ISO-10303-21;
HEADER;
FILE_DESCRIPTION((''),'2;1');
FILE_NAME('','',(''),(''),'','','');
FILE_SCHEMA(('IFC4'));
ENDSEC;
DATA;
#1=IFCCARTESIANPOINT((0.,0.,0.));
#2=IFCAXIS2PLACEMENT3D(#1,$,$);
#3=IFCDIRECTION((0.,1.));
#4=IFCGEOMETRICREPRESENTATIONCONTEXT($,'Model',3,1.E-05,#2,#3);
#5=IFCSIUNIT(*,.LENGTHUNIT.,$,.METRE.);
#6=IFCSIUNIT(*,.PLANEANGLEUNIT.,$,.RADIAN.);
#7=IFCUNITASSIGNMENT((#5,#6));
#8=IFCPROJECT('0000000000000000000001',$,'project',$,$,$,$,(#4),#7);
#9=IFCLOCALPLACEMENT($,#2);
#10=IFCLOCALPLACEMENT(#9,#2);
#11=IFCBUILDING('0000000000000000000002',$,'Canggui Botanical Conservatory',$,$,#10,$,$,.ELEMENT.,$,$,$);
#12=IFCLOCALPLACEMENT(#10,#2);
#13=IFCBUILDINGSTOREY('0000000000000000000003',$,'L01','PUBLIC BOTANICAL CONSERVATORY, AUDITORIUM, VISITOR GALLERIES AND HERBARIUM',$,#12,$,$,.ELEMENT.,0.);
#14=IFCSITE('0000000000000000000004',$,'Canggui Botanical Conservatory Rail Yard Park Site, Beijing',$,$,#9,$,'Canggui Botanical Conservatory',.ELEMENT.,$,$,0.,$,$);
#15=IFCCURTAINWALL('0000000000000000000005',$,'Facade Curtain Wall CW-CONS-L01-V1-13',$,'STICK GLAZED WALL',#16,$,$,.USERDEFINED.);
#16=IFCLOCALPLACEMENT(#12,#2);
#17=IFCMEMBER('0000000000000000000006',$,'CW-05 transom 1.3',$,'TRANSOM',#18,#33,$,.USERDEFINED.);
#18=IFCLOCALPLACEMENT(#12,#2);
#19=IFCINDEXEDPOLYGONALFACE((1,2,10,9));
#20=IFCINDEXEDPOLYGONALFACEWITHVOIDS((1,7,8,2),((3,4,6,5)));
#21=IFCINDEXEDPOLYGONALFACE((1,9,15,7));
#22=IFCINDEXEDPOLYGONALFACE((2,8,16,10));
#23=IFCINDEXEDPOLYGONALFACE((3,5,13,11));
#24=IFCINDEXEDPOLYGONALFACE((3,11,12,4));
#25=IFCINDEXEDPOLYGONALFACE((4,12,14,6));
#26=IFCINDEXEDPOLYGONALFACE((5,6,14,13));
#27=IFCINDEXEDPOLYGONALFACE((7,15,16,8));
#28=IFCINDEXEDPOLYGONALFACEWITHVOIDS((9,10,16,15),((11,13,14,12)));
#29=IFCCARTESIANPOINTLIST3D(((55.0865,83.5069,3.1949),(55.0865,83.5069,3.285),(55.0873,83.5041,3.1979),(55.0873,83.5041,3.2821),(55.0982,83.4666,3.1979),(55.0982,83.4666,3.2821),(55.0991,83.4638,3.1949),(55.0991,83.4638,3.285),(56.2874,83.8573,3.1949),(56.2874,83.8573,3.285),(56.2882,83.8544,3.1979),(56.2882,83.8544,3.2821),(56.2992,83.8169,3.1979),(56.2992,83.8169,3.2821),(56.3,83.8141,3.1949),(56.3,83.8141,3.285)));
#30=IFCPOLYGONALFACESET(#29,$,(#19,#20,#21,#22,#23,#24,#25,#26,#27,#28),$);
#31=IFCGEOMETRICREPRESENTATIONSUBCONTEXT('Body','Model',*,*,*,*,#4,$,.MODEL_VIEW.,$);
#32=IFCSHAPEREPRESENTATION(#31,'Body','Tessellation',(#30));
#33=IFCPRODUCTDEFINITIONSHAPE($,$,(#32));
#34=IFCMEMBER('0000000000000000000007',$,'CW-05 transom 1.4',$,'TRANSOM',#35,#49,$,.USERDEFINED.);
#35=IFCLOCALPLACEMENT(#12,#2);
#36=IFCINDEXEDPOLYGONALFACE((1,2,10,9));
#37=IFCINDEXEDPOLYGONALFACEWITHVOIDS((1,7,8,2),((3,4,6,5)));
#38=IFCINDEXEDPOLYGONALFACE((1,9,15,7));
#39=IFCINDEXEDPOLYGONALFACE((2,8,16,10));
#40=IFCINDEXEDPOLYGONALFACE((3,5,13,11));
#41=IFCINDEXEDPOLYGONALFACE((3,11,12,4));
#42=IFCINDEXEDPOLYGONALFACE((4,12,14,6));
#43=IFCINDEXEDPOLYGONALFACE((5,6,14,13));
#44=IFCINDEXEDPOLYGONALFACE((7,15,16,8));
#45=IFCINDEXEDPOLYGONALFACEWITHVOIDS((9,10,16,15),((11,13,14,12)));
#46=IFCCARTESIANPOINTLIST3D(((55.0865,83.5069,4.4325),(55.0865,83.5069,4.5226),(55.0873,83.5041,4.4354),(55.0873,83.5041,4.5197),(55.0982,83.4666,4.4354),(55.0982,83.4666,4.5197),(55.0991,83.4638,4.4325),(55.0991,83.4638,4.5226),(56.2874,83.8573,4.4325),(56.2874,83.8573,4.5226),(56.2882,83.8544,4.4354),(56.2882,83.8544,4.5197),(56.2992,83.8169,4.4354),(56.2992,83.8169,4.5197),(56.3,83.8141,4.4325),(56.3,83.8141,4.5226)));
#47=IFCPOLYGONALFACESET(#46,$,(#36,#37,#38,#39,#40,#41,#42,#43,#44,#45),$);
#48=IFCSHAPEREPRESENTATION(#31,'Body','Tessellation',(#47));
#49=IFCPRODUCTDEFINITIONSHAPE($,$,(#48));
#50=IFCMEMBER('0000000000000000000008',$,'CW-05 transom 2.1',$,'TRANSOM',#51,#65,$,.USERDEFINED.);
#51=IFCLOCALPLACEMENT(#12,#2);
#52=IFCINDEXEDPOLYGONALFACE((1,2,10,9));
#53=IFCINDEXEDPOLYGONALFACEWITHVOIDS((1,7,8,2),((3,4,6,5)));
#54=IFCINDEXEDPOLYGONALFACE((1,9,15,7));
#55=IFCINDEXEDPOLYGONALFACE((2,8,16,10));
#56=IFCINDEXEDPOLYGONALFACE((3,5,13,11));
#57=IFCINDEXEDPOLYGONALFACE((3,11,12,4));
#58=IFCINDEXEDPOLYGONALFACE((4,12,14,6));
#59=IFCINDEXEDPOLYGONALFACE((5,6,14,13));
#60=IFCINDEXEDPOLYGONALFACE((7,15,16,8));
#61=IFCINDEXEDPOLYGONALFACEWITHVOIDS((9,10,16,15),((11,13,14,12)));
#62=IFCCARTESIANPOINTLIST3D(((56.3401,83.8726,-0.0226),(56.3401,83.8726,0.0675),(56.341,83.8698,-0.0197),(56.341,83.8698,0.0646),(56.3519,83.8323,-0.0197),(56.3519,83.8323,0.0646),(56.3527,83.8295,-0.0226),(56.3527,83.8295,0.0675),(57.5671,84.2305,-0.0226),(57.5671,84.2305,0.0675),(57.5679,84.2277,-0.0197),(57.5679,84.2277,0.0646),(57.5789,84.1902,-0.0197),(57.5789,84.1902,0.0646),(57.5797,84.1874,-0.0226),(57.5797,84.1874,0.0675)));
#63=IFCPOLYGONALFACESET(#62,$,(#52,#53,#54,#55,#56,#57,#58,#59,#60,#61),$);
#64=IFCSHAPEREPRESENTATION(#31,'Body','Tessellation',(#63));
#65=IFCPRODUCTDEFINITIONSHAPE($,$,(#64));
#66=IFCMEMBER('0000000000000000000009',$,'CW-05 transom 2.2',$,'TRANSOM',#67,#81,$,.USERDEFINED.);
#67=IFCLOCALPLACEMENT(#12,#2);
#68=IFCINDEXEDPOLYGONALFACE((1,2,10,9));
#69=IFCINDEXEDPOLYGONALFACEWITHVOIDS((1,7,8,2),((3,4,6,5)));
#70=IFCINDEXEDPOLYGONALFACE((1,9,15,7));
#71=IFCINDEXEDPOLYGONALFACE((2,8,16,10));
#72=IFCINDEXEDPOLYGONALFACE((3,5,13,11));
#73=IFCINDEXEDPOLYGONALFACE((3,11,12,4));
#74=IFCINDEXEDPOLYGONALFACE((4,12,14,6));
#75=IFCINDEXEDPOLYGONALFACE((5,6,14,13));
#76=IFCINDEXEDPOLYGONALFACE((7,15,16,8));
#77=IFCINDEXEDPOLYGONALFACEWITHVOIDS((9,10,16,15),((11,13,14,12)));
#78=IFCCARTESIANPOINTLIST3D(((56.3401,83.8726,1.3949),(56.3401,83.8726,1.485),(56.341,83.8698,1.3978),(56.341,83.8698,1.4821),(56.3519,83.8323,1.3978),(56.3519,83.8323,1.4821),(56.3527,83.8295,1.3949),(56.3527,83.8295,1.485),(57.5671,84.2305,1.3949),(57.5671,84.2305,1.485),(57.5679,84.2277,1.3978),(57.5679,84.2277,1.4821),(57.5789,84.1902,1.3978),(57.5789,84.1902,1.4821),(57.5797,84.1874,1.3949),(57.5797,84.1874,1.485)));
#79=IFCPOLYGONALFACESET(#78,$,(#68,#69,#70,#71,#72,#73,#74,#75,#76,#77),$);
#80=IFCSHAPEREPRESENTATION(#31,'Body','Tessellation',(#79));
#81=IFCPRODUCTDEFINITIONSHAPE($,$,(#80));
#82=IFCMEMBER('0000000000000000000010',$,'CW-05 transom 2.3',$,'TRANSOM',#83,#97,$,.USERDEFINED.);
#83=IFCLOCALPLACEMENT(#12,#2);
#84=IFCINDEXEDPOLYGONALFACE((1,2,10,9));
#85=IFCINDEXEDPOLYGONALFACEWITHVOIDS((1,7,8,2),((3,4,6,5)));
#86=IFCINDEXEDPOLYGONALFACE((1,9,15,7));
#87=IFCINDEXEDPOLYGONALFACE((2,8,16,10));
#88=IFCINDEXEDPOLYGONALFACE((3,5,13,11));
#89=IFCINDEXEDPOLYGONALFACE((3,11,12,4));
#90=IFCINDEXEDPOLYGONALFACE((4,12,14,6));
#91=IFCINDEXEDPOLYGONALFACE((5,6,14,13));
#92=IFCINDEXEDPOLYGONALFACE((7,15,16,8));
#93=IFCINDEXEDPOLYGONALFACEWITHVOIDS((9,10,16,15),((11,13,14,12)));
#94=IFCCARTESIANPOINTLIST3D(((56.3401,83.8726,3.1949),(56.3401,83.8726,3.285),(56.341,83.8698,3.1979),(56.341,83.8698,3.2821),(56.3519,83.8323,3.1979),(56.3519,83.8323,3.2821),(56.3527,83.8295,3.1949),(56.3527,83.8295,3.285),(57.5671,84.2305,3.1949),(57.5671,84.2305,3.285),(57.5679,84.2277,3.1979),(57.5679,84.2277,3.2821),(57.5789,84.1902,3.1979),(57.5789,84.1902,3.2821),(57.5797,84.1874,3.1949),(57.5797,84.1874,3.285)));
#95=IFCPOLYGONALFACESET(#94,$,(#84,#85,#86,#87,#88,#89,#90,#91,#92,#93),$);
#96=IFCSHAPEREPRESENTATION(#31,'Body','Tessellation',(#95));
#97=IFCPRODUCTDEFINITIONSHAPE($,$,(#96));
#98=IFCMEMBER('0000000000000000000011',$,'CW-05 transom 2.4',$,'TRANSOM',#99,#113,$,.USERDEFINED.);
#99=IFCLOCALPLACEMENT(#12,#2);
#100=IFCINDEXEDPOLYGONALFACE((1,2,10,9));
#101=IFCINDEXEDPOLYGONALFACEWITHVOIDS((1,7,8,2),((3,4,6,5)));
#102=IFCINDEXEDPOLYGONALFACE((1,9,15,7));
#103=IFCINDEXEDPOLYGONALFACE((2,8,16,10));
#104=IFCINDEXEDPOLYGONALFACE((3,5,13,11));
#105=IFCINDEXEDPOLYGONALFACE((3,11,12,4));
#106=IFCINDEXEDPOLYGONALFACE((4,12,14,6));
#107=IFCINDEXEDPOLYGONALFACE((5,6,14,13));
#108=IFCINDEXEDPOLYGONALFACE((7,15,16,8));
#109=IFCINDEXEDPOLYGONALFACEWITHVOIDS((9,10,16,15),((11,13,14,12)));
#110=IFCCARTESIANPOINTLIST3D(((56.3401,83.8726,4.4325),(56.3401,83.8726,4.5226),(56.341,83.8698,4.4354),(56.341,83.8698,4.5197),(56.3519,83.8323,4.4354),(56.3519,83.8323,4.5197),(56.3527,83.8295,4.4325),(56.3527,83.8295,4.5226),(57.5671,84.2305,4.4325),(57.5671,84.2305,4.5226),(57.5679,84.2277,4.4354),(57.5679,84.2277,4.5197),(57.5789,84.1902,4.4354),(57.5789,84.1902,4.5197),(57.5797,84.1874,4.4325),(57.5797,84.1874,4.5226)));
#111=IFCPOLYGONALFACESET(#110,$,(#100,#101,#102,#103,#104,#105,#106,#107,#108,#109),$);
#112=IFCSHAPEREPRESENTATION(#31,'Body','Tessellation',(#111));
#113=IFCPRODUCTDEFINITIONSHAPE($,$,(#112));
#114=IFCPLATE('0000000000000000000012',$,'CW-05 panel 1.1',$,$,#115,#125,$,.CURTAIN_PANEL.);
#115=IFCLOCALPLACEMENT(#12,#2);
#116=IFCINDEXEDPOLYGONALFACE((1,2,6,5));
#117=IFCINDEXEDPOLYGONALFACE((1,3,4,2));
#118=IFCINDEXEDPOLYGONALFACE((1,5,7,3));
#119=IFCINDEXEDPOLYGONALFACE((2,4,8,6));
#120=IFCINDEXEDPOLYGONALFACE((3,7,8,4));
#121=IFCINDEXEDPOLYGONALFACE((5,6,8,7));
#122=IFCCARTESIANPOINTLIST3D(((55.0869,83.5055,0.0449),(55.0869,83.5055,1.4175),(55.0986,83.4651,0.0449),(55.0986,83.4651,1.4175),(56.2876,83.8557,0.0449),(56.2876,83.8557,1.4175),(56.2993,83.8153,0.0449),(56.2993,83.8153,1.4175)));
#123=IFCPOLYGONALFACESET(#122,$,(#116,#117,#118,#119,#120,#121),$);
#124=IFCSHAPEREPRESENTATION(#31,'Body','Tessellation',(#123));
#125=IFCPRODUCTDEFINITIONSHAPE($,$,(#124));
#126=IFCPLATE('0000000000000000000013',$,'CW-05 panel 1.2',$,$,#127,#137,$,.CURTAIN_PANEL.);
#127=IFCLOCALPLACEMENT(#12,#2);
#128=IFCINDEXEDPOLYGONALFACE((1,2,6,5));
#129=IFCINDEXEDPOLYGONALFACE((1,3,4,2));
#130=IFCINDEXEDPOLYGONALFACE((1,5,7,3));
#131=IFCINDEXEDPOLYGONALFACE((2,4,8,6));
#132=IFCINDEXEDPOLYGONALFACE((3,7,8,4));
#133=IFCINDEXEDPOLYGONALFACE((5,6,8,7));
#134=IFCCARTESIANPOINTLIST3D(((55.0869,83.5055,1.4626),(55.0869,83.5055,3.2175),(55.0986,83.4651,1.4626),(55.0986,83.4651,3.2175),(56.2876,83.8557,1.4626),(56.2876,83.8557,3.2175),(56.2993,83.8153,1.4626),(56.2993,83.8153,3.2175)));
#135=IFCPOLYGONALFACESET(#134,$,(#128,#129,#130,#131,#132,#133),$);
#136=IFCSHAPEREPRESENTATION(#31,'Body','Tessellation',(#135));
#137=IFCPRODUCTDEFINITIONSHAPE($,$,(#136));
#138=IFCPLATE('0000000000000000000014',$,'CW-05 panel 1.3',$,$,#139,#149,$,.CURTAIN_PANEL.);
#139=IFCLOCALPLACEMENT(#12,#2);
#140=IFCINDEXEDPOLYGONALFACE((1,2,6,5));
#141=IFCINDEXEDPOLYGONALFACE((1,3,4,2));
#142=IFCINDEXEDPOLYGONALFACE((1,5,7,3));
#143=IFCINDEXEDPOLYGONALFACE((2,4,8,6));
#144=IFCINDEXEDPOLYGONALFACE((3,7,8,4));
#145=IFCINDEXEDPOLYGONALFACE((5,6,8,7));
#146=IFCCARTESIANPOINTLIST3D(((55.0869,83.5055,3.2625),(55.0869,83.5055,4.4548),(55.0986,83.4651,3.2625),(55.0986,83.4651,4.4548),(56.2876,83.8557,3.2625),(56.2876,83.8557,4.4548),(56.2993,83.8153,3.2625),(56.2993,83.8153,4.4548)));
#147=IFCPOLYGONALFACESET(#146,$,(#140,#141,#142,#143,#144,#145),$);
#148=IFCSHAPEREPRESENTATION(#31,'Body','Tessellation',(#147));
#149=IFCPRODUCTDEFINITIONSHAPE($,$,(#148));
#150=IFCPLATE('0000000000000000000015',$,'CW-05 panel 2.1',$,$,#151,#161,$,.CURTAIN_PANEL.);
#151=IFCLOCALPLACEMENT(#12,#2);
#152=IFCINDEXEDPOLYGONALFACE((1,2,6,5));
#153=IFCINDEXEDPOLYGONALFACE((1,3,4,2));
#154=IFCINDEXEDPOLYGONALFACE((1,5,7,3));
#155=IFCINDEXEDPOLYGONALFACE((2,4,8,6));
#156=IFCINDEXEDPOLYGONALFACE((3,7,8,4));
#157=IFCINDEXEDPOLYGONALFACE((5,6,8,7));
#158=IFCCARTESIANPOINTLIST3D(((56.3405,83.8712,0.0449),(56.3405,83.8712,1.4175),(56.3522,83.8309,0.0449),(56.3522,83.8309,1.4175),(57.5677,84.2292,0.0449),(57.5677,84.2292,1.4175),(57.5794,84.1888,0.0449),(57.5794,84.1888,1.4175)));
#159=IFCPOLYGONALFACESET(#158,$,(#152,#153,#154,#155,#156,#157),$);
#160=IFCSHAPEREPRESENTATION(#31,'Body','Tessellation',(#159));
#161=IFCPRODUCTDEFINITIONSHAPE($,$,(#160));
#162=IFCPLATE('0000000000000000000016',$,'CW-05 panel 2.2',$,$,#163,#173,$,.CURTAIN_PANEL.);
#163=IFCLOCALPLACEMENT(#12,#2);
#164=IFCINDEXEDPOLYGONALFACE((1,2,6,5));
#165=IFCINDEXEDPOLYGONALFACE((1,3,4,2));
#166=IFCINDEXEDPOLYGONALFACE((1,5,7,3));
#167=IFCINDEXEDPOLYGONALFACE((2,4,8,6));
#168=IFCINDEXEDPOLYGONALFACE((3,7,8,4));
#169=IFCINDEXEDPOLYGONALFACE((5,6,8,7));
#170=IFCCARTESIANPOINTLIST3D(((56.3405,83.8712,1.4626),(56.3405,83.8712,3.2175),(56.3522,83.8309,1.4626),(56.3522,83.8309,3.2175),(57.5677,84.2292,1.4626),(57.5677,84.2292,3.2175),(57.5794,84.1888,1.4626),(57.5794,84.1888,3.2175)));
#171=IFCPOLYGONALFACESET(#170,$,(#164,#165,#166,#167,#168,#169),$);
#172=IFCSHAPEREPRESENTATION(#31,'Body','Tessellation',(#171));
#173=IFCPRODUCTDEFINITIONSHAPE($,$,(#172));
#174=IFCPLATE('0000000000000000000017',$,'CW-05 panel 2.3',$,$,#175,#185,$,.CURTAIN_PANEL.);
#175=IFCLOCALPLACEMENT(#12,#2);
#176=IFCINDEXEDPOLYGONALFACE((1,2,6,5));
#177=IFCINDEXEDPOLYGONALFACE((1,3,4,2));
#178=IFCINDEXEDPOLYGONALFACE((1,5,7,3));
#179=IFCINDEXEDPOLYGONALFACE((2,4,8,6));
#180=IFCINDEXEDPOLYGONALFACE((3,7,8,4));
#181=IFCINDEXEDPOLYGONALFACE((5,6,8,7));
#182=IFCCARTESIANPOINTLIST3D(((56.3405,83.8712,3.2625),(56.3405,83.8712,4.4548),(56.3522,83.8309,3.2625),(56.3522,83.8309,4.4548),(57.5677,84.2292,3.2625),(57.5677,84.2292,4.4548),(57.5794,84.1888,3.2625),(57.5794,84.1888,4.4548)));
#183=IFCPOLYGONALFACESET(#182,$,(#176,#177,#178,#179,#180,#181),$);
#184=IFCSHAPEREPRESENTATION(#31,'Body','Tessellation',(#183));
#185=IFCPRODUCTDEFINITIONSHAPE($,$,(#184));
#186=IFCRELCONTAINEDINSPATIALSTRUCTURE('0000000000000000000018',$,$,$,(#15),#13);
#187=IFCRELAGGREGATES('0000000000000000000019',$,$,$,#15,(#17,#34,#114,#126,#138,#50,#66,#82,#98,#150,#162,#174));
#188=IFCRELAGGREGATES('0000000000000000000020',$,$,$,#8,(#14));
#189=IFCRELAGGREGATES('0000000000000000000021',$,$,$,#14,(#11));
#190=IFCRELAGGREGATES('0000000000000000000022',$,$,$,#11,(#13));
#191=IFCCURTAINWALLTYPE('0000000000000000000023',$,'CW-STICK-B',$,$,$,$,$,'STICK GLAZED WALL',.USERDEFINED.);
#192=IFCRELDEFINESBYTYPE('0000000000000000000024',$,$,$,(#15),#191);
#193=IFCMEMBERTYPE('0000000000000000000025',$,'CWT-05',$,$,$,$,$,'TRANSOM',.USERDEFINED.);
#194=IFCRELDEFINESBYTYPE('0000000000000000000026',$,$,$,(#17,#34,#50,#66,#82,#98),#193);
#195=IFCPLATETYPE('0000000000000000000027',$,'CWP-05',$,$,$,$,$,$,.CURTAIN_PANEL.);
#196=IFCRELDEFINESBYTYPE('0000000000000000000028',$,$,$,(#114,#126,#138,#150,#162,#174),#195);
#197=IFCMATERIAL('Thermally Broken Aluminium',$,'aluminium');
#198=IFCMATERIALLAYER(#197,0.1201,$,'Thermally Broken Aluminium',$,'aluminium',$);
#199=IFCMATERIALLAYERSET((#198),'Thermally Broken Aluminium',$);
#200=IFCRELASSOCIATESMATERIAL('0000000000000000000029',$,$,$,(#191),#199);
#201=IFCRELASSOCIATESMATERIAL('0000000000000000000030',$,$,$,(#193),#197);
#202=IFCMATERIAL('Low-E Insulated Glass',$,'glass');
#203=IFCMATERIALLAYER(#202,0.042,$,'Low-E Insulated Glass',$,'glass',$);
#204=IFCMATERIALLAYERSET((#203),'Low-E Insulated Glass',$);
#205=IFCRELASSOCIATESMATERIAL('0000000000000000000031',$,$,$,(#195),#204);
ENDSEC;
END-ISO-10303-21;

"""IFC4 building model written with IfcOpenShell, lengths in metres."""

from ifc_helpers import new_model, si_unit, direction, frame, origin, origin_2d, place, context, subcontext, project, spatial, rectangle, hollow_rectangle, extrude, material, layer, layer_set, material_profile, profile_set, type_object, element, aggregate, save


model = new_model("IFC4")

# Units and contexts
model_context = context("Model", 3, precision=1e-05, world=origin(), true_north=direction((0.0, 1.0)))
body_context = subcontext(model_context, "Body", "Model", "MODEL_VIEW")
ifc_project = project(units=[si_unit("LENGTHUNIT", "METRE"), si_unit("PLANEANGLEUNIT", "RADIAN")], contexts=[model_context])

# Site, building, storey
site_placement = place(None, origin())
site = spatial("IfcSite", under=ifc_project, at=site_placement, Name="Canggui Botanical Conservatory Rail Yard Park Site, Beijing", LongName="Canggui Botanical Conservatory", CompositionType="ELEMENT", RefElevation=0.0)
building_placement = place(site_placement, origin())
building = spatial("IfcBuilding", under=site, at=building_placement, Name="Canggui Botanical Conservatory", CompositionType="ELEMENT")
storey_placement = place(building_placement, origin())
storey = spatial("IfcBuildingStorey", under=building, at=storey_placement, Name="L01", Description="PUBLIC BOTANICAL CONSERVATORY, AUDITORIUM, VISITOR GALLERIES AND HERBARIUM", CompositionType="ELEMENT", Elevation=0.0)

# Curtain wall, members, plates
ifc_material_1 = material(Name="Thermally Broken Aluminium", Category="aluminium")
ifc_layer_1 = layer(ifc_material_1, 0.1201, Name="Thermally Broken Aluminium", Category="aluminium")
ifc_layer_set_1 = layer_set([ifc_layer_1], Name="Thermally Broken Aluminium")
curtain_wall_type = type_object("IfcCurtainWallType", Name="CW-STICK-B", ElementType="STICK GLAZED WALL", PredefinedType="USERDEFINED", material=ifc_layer_set_1)
curtain_wall_placement = place(storey_placement, origin())
curtain_wall = element("IfcCurtainWall", 1, at=curtain_wall_placement, inside=storey, type_object=curtain_wall_type, Name="Facade Curtain Wall CW-CONS-L01-V1-13", ObjectType="STICK GLAZED WALL", PredefinedType="USERDEFINED")
ifc_material_profile_1 = material_profile(ifc_material_1, hollow_rectangle(XDim=0.0449, YDim=0.0901, WallThickness=0.0029, at=origin_2d()), Name="CWT 45x90x3")
ifc_profile_set_1 = profile_set([ifc_material_profile_1], Name="Thermally Broken Aluminium")
member_type_1 = type_object("IfcMemberType", Name="CWT-05", ElementType="TRANSOM", PredefinedType="USERDEFINED", material=ifc_profile_set_1)
member_1_placement = place(storey_placement, frame((55.0928, 83.4854, 3.24), z_axis=(0.959985, 0.280052, 0.0), x_axis=(-0.280052, 0.959985, 0.0)))
member_1 = element("IfcMember", 2, at=member_1_placement, type_object=member_type_1, Name="CW-05 transom 1.3", ObjectType="TRANSOM", PredefinedType="USERDEFINED", context=body_context, shape_type="SweptSolid", body=[
    extrude(hollow_rectangle(XDim=0.0449, YDim=0.0901, WallThickness=0.0029, at=origin_2d()), origin(), (0.0, 0.0, 1.0), 1.251),
])
member_2_placement = place(storey_placement, frame((55.0928, 83.4854, 4.4775), z_axis=(0.959985, 0.280052, 0.0), x_axis=(-0.280052, 0.959985, 0.0)))
member_2 = element("IfcMember", 3, at=member_2_placement, type_object=member_type_1, Name="CW-05 transom 1.4", ObjectType="TRANSOM", PredefinedType="USERDEFINED", context=body_context, shape_type="SweptSolid", body=[
    extrude(hollow_rectangle(XDim=0.0449, YDim=0.0901, WallThickness=0.0029, at=origin_2d()), origin(), (0.0, 0.0, 1.0), 1.251),
])
member_3_placement = place(storey_placement, frame((56.3464, 83.8511, 0.0225), z_axis=(0.959996, 0.280015, 0.0), x_axis=(-0.280015, 0.959996, 0.0)))
member_3 = element("IfcMember", 4, at=member_3_placement, type_object=member_type_1, Name="CW-05 transom 2.1", ObjectType="TRANSOM", PredefinedType="USERDEFINED", context=body_context, shape_type="SweptSolid", body=[
    extrude(hollow_rectangle(XDim=0.0449, YDim=0.0901, WallThickness=0.0029, at=origin_2d()), origin(), (0.0, 0.0, 1.0), 1.2781),
])
member_4_placement = place(storey_placement, frame((56.3464, 83.8511, 1.4399), z_axis=(0.959996, 0.280015, 0.0), x_axis=(-0.280015, 0.959996, 0.0)))
member_4 = element("IfcMember", 5, at=member_4_placement, type_object=member_type_1, Name="CW-05 transom 2.2", ObjectType="TRANSOM", PredefinedType="USERDEFINED", context=body_context, shape_type="SweptSolid", body=[
    extrude(hollow_rectangle(XDim=0.0449, YDim=0.0901, WallThickness=0.0029, at=origin_2d()), origin(), (0.0, 0.0, 1.0), 1.2781),
])
member_5_placement = place(storey_placement, frame((56.3464, 83.8511, 3.24), z_axis=(0.959996, 0.280015, 0.0), x_axis=(-0.280015, 0.959996, 0.0)))
member_5 = element("IfcMember", 6, at=member_5_placement, type_object=member_type_1, Name="CW-05 transom 2.3", ObjectType="TRANSOM", PredefinedType="USERDEFINED", context=body_context, shape_type="SweptSolid", body=[
    extrude(hollow_rectangle(XDim=0.0449, YDim=0.0901, WallThickness=0.0029, at=origin_2d()), origin(), (0.0, 0.0, 1.0), 1.2781),
])
member_6_placement = place(storey_placement, frame((56.3464, 83.8511, 4.4775), z_axis=(0.959996, 0.280015, 0.0), x_axis=(-0.280015, 0.959996, 0.0)))
member_6 = element("IfcMember", 7, at=member_6_placement, type_object=member_type_1, Name="CW-05 transom 2.4", ObjectType="TRANSOM", PredefinedType="USERDEFINED", context=body_context, shape_type="SweptSolid", body=[
    extrude(hollow_rectangle(XDim=0.0449, YDim=0.0901, WallThickness=0.0029, at=origin_2d()), origin(), (0.0, 0.0, 1.0), 1.2781),
])
ifc_material_2 = material(Name="Low-E Insulated Glass", Category="glass")
ifc_layer_2 = layer(ifc_material_2, 0.042, Name="Low-E Insulated Glass", Category="glass")
ifc_layer_set_2 = layer_set([ifc_layer_2], Name="Low-E Insulated Glass")
plate_type = type_object("IfcPlateType", Name="CWP-05", PredefinedType="CURTAIN_PANEL", material=ifc_layer_set_2)
plate_1_placement = place(storey_placement, frame((55.6931, 83.6604, 0.0449), z_axis=(0.0, 0.0, 1.0), x_axis=(0.96, 0.28, 0.0)))
plate_1 = element("IfcPlate", 8, at=plate_1_placement, type_object=plate_type, Name="CW-05 panel 1.1", PredefinedType="CURTAIN_PANEL", context=body_context, shape_type="SweptSolid", body=[
    extrude(rectangle(XDim=1.2507, YDim=0.042, at=origin_2d()), origin(), (0.0, 0.0, 1.0), 1.3726),
])
plate_2_placement = place(storey_placement, frame((55.6931, 83.6604, 1.4626), z_axis=(0.0, 0.0, 1.0), x_axis=(0.96, 0.28, 0.0)))
plate_2 = element("IfcPlate", 9, at=plate_2_placement, type_object=plate_type, Name="CW-05 panel 1.2", PredefinedType="CURTAIN_PANEL", context=body_context, shape_type="SweptSolid", body=[
    extrude(rectangle(XDim=1.2507, YDim=0.042, at=origin_2d()), origin(), (0.0, 0.0, 1.0), 1.7549),
])
plate_3_placement = place(storey_placement, frame((55.6931, 83.6604, 3.2625), z_axis=(0.0, 0.0, 1.0), x_axis=(0.96, 0.28, 0.0)))
plate_3 = element("IfcPlate", 10, at=plate_3_placement, type_object=plate_type, Name="CW-05 panel 1.3", PredefinedType="CURTAIN_PANEL", context=body_context, shape_type="SweptSolid", body=[
    extrude(rectangle(XDim=1.2507, YDim=0.042, at=origin_2d()), origin(), (0.0, 0.0, 1.0), 1.1924),
])
plate_4_placement = place(storey_placement, frame((56.96, 84.03, 0.0449), z_axis=(0.0, 0.0, 1.0), x_axis=(0.96, 0.28, 0.0)))
plate_4 = element("IfcPlate", 11, at=plate_4_placement, type_object=plate_type, Name="CW-05 panel 2.1", PredefinedType="CURTAIN_PANEL", context=body_context, shape_type="SweptSolid", body=[
    extrude(rectangle(XDim=1.2783, YDim=0.042, at=origin_2d()), origin(), (0.0, 0.0, 1.0), 1.3726),
])
plate_5_placement = place(storey_placement, frame((56.96, 84.03, 1.4626), z_axis=(0.0, 0.0, 1.0), x_axis=(0.96, 0.28, 0.0)))
plate_5 = element("IfcPlate", 12, at=plate_5_placement, type_object=plate_type, Name="CW-05 panel 2.2", PredefinedType="CURTAIN_PANEL", context=body_context, shape_type="SweptSolid", body=[
    extrude(rectangle(XDim=1.2783, YDim=0.042, at=origin_2d()), origin(), (0.0, 0.0, 1.0), 1.7549),
])
plate_6_placement = place(storey_placement, frame((56.96, 84.03, 3.2625), z_axis=(0.0, 0.0, 1.0), x_axis=(0.96, 0.28, 0.0)))
plate_6 = element("IfcPlate", 13, at=plate_6_placement, type_object=plate_type, Name="CW-05 panel 2.3", PredefinedType="CURTAIN_PANEL", context=body_context, shape_type="SweptSolid", body=[
    extrude(rectangle(XDim=1.2783, YDim=0.042, at=origin_2d()), origin(), (0.0, 0.0, 1.0), 1.1924),
])
aggregate(curtain_wall, [member_1, member_2, plate_1, plate_2, plate_3, member_3, member_4, member_5, member_6, plate_4, plate_5, plate_6])

save(model, "model.ifc")
